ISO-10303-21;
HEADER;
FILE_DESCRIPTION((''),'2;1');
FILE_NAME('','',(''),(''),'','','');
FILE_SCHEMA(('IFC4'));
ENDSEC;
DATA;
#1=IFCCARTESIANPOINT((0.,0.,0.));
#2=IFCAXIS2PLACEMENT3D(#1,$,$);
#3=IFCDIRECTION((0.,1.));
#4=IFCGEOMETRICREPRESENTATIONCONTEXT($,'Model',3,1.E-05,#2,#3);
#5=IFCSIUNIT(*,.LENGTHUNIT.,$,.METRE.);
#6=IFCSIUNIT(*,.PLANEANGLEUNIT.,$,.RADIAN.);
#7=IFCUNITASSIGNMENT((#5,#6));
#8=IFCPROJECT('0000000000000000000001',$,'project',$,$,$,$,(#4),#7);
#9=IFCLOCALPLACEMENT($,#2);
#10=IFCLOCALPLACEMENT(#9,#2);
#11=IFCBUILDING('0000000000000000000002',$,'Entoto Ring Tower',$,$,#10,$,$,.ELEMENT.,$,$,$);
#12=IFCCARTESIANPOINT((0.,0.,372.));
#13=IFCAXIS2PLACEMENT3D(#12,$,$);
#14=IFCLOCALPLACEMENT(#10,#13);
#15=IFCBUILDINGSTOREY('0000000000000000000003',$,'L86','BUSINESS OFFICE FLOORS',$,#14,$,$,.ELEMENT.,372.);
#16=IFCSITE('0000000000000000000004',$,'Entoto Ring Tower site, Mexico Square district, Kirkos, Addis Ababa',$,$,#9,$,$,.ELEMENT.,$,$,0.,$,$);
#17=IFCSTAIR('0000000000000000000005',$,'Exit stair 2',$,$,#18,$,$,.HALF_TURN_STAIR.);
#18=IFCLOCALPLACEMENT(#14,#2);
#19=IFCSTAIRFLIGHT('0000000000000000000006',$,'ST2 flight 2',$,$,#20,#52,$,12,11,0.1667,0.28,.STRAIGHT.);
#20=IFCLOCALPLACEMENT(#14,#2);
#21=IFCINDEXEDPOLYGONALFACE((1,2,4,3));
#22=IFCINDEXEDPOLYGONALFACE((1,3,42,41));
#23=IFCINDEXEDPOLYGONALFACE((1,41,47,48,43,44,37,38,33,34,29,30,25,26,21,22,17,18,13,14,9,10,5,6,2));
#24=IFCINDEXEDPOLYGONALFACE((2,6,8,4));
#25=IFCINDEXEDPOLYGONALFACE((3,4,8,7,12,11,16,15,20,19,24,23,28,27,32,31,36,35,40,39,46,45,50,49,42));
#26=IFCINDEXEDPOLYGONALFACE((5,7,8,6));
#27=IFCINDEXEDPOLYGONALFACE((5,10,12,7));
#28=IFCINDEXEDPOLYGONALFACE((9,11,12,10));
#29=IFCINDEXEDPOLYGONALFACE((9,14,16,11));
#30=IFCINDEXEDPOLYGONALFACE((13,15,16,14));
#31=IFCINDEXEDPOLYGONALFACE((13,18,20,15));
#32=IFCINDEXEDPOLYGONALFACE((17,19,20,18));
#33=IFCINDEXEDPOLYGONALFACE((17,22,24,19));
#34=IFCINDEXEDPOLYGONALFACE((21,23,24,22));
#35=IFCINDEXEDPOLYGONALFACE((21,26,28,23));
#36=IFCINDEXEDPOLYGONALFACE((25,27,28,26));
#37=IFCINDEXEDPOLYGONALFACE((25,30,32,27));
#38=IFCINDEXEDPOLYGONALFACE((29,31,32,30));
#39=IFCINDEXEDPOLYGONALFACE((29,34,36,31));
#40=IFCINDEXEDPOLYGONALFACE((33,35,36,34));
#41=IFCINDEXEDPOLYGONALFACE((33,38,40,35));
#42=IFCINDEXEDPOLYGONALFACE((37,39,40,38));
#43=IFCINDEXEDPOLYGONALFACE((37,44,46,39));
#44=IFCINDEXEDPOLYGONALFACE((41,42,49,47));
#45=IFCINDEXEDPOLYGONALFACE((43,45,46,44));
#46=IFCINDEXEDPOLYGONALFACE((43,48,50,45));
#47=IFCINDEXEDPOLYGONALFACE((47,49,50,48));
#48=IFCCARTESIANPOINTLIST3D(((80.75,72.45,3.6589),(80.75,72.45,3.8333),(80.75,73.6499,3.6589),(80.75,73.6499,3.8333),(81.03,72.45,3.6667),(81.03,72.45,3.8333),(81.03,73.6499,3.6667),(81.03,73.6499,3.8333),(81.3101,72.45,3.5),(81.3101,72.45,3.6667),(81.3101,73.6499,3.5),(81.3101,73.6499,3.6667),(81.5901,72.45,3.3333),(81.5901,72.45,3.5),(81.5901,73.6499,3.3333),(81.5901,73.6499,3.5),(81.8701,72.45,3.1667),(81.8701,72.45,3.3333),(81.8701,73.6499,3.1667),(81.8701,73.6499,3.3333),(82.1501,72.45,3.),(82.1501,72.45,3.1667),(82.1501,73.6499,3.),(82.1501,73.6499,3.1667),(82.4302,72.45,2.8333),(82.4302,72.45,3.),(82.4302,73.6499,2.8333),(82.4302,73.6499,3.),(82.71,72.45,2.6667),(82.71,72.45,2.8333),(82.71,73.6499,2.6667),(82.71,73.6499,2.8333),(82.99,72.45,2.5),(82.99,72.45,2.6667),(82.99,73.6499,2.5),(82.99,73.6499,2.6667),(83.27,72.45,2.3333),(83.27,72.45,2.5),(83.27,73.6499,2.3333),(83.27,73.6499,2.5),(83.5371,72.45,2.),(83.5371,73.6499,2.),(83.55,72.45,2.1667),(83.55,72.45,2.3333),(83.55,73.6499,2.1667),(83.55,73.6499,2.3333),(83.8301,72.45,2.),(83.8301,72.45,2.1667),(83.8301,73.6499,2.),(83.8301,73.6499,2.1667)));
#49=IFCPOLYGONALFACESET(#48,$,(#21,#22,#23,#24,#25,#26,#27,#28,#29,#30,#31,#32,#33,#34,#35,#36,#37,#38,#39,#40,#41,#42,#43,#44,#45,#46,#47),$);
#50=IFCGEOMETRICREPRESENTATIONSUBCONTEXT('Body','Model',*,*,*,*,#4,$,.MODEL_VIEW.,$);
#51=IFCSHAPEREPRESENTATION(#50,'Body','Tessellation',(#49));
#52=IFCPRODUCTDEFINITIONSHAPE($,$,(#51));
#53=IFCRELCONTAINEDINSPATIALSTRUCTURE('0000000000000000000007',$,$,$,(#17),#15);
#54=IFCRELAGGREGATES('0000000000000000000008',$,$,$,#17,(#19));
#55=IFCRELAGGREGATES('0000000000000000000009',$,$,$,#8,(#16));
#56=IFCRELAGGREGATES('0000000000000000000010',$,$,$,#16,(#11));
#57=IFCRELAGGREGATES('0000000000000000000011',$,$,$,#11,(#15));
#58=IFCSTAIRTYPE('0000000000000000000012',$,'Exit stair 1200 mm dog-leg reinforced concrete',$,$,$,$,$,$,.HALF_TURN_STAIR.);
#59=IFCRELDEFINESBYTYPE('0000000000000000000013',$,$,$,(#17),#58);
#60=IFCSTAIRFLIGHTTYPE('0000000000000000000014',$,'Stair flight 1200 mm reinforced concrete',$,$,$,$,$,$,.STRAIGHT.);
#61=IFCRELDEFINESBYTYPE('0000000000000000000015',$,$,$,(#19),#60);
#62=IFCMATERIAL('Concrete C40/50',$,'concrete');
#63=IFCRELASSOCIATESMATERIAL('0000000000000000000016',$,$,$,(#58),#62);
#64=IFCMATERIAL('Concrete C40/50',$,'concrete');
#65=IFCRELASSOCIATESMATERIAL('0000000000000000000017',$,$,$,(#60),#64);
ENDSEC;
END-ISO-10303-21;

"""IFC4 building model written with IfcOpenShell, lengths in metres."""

from ifc_helpers import new_model, si_unit, direction, frame, origin, place, context, subcontext, project, spatial, polyline, outline, extrude, material, type_object, element, aggregate, save


model = new_model("IFC4")

# Units and contexts
model_context = context("Model", 3, precision=1e-05, world=origin(), true_north=direction((0.0, 1.0)))
body_context = subcontext(model_context, "Body", "Model", "MODEL_VIEW")
ifc_project = project(units=[si_unit("LENGTHUNIT", "METRE"), si_unit("PLANEANGLEUNIT", "RADIAN")], contexts=[model_context])

# Site, building, storey
site_placement = place(None, origin())
site = spatial("IfcSite", under=ifc_project, at=site_placement, Name="Entoto Ring Tower site, Mexico Square district, Kirkos, Addis Ababa", CompositionType="ELEMENT", RefElevation=0.0)
building_placement = place(site_placement, origin())
building = spatial("IfcBuilding", under=site, at=building_placement, Name="Entoto Ring Tower", CompositionType="ELEMENT")
storey_placement = place(building_placement, frame((0.0, 0.0, 372.0)))
storey = spatial("IfcBuildingStorey", under=building, at=storey_placement, Name="L86", Description="BUSINESS OFFICE FLOORS", CompositionType="ELEMENT", Elevation=372.0)

# Stair, stair flight
ifc_material_1 = material(Name="Concrete C40/50", Category="concrete")
stair_type = type_object("IfcStairType", Name="Exit stair 1200 mm dog-leg reinforced concrete", PredefinedType="HALF_TURN_STAIR", material=ifc_material_1)
stair_placement = place(storey_placement, origin())
stair = element("IfcStair", 1, at=stair_placement, inside=storey, type_object=stair_type, Name="Exit stair 2", PredefinedType="HALF_TURN_STAIR")
ifc_material_2 = material(Name="Concrete C40/50", Category="concrete")
stair_flight_type = type_object("IfcStairFlightType", Name="Stair flight 1200 mm reinforced concrete", PredefinedType="STRAIGHT", material=ifc_material_2)
stair_flight_1_placement = place(storey_placement, frame((83.8301, 73.05, 2.0), z_axis=(0.0, 0.0, 1.0), x_axis=(-1.0, 0.0, 0.0)))
stair_flight_1 = element("IfcStairFlight", 2, at=stair_flight_1_placement, type_object=stair_flight_type, Name="ST2 flight 2", NumberOfRisers=12, NumberOfTreads=11, PredefinedType="STRAIGHT", RiserHeight=0.1667, TreadLength=0.28, context=body_context, shape_type="SweptSolid", body=[
    extrude(outline(polyline([(0.0, 0.0), (0.0, 0.1667), (0.28, 0.1667), (0.28, 0.3333), (0.5601, 0.3333), (0.5601, 0.5), (0.8401, 0.5), (0.8401, 0.6667), (1.1201, 0.6667), (1.1201, 0.8333), (1.3999, 0.8333), (1.3999, 1.0), (1.6799, 1.0), (1.6799, 1.1667), (1.96, 1.1667), (1.96, 1.3333), (2.24, 1.3333), (2.24, 1.5), (2.52, 1.5), (2.52, 1.6667), (2.8, 1.6667), (2.8, 1.8333), (3.0801, 1.8333), (3.0801, 2.0), (3.0801, 1.6589), (0.293, 0.0), (0.0, 0.0)])), frame((0.0, 0.6001, 0.0), z_axis=(0.0, -1.0, 0.0), x_axis=(1.0, 0.0, 0.0)), (0.0, 0.0, 1.0), 1.2),
])
aggregate(stair, [stair_flight_1])

save(model, "model.ifc")
